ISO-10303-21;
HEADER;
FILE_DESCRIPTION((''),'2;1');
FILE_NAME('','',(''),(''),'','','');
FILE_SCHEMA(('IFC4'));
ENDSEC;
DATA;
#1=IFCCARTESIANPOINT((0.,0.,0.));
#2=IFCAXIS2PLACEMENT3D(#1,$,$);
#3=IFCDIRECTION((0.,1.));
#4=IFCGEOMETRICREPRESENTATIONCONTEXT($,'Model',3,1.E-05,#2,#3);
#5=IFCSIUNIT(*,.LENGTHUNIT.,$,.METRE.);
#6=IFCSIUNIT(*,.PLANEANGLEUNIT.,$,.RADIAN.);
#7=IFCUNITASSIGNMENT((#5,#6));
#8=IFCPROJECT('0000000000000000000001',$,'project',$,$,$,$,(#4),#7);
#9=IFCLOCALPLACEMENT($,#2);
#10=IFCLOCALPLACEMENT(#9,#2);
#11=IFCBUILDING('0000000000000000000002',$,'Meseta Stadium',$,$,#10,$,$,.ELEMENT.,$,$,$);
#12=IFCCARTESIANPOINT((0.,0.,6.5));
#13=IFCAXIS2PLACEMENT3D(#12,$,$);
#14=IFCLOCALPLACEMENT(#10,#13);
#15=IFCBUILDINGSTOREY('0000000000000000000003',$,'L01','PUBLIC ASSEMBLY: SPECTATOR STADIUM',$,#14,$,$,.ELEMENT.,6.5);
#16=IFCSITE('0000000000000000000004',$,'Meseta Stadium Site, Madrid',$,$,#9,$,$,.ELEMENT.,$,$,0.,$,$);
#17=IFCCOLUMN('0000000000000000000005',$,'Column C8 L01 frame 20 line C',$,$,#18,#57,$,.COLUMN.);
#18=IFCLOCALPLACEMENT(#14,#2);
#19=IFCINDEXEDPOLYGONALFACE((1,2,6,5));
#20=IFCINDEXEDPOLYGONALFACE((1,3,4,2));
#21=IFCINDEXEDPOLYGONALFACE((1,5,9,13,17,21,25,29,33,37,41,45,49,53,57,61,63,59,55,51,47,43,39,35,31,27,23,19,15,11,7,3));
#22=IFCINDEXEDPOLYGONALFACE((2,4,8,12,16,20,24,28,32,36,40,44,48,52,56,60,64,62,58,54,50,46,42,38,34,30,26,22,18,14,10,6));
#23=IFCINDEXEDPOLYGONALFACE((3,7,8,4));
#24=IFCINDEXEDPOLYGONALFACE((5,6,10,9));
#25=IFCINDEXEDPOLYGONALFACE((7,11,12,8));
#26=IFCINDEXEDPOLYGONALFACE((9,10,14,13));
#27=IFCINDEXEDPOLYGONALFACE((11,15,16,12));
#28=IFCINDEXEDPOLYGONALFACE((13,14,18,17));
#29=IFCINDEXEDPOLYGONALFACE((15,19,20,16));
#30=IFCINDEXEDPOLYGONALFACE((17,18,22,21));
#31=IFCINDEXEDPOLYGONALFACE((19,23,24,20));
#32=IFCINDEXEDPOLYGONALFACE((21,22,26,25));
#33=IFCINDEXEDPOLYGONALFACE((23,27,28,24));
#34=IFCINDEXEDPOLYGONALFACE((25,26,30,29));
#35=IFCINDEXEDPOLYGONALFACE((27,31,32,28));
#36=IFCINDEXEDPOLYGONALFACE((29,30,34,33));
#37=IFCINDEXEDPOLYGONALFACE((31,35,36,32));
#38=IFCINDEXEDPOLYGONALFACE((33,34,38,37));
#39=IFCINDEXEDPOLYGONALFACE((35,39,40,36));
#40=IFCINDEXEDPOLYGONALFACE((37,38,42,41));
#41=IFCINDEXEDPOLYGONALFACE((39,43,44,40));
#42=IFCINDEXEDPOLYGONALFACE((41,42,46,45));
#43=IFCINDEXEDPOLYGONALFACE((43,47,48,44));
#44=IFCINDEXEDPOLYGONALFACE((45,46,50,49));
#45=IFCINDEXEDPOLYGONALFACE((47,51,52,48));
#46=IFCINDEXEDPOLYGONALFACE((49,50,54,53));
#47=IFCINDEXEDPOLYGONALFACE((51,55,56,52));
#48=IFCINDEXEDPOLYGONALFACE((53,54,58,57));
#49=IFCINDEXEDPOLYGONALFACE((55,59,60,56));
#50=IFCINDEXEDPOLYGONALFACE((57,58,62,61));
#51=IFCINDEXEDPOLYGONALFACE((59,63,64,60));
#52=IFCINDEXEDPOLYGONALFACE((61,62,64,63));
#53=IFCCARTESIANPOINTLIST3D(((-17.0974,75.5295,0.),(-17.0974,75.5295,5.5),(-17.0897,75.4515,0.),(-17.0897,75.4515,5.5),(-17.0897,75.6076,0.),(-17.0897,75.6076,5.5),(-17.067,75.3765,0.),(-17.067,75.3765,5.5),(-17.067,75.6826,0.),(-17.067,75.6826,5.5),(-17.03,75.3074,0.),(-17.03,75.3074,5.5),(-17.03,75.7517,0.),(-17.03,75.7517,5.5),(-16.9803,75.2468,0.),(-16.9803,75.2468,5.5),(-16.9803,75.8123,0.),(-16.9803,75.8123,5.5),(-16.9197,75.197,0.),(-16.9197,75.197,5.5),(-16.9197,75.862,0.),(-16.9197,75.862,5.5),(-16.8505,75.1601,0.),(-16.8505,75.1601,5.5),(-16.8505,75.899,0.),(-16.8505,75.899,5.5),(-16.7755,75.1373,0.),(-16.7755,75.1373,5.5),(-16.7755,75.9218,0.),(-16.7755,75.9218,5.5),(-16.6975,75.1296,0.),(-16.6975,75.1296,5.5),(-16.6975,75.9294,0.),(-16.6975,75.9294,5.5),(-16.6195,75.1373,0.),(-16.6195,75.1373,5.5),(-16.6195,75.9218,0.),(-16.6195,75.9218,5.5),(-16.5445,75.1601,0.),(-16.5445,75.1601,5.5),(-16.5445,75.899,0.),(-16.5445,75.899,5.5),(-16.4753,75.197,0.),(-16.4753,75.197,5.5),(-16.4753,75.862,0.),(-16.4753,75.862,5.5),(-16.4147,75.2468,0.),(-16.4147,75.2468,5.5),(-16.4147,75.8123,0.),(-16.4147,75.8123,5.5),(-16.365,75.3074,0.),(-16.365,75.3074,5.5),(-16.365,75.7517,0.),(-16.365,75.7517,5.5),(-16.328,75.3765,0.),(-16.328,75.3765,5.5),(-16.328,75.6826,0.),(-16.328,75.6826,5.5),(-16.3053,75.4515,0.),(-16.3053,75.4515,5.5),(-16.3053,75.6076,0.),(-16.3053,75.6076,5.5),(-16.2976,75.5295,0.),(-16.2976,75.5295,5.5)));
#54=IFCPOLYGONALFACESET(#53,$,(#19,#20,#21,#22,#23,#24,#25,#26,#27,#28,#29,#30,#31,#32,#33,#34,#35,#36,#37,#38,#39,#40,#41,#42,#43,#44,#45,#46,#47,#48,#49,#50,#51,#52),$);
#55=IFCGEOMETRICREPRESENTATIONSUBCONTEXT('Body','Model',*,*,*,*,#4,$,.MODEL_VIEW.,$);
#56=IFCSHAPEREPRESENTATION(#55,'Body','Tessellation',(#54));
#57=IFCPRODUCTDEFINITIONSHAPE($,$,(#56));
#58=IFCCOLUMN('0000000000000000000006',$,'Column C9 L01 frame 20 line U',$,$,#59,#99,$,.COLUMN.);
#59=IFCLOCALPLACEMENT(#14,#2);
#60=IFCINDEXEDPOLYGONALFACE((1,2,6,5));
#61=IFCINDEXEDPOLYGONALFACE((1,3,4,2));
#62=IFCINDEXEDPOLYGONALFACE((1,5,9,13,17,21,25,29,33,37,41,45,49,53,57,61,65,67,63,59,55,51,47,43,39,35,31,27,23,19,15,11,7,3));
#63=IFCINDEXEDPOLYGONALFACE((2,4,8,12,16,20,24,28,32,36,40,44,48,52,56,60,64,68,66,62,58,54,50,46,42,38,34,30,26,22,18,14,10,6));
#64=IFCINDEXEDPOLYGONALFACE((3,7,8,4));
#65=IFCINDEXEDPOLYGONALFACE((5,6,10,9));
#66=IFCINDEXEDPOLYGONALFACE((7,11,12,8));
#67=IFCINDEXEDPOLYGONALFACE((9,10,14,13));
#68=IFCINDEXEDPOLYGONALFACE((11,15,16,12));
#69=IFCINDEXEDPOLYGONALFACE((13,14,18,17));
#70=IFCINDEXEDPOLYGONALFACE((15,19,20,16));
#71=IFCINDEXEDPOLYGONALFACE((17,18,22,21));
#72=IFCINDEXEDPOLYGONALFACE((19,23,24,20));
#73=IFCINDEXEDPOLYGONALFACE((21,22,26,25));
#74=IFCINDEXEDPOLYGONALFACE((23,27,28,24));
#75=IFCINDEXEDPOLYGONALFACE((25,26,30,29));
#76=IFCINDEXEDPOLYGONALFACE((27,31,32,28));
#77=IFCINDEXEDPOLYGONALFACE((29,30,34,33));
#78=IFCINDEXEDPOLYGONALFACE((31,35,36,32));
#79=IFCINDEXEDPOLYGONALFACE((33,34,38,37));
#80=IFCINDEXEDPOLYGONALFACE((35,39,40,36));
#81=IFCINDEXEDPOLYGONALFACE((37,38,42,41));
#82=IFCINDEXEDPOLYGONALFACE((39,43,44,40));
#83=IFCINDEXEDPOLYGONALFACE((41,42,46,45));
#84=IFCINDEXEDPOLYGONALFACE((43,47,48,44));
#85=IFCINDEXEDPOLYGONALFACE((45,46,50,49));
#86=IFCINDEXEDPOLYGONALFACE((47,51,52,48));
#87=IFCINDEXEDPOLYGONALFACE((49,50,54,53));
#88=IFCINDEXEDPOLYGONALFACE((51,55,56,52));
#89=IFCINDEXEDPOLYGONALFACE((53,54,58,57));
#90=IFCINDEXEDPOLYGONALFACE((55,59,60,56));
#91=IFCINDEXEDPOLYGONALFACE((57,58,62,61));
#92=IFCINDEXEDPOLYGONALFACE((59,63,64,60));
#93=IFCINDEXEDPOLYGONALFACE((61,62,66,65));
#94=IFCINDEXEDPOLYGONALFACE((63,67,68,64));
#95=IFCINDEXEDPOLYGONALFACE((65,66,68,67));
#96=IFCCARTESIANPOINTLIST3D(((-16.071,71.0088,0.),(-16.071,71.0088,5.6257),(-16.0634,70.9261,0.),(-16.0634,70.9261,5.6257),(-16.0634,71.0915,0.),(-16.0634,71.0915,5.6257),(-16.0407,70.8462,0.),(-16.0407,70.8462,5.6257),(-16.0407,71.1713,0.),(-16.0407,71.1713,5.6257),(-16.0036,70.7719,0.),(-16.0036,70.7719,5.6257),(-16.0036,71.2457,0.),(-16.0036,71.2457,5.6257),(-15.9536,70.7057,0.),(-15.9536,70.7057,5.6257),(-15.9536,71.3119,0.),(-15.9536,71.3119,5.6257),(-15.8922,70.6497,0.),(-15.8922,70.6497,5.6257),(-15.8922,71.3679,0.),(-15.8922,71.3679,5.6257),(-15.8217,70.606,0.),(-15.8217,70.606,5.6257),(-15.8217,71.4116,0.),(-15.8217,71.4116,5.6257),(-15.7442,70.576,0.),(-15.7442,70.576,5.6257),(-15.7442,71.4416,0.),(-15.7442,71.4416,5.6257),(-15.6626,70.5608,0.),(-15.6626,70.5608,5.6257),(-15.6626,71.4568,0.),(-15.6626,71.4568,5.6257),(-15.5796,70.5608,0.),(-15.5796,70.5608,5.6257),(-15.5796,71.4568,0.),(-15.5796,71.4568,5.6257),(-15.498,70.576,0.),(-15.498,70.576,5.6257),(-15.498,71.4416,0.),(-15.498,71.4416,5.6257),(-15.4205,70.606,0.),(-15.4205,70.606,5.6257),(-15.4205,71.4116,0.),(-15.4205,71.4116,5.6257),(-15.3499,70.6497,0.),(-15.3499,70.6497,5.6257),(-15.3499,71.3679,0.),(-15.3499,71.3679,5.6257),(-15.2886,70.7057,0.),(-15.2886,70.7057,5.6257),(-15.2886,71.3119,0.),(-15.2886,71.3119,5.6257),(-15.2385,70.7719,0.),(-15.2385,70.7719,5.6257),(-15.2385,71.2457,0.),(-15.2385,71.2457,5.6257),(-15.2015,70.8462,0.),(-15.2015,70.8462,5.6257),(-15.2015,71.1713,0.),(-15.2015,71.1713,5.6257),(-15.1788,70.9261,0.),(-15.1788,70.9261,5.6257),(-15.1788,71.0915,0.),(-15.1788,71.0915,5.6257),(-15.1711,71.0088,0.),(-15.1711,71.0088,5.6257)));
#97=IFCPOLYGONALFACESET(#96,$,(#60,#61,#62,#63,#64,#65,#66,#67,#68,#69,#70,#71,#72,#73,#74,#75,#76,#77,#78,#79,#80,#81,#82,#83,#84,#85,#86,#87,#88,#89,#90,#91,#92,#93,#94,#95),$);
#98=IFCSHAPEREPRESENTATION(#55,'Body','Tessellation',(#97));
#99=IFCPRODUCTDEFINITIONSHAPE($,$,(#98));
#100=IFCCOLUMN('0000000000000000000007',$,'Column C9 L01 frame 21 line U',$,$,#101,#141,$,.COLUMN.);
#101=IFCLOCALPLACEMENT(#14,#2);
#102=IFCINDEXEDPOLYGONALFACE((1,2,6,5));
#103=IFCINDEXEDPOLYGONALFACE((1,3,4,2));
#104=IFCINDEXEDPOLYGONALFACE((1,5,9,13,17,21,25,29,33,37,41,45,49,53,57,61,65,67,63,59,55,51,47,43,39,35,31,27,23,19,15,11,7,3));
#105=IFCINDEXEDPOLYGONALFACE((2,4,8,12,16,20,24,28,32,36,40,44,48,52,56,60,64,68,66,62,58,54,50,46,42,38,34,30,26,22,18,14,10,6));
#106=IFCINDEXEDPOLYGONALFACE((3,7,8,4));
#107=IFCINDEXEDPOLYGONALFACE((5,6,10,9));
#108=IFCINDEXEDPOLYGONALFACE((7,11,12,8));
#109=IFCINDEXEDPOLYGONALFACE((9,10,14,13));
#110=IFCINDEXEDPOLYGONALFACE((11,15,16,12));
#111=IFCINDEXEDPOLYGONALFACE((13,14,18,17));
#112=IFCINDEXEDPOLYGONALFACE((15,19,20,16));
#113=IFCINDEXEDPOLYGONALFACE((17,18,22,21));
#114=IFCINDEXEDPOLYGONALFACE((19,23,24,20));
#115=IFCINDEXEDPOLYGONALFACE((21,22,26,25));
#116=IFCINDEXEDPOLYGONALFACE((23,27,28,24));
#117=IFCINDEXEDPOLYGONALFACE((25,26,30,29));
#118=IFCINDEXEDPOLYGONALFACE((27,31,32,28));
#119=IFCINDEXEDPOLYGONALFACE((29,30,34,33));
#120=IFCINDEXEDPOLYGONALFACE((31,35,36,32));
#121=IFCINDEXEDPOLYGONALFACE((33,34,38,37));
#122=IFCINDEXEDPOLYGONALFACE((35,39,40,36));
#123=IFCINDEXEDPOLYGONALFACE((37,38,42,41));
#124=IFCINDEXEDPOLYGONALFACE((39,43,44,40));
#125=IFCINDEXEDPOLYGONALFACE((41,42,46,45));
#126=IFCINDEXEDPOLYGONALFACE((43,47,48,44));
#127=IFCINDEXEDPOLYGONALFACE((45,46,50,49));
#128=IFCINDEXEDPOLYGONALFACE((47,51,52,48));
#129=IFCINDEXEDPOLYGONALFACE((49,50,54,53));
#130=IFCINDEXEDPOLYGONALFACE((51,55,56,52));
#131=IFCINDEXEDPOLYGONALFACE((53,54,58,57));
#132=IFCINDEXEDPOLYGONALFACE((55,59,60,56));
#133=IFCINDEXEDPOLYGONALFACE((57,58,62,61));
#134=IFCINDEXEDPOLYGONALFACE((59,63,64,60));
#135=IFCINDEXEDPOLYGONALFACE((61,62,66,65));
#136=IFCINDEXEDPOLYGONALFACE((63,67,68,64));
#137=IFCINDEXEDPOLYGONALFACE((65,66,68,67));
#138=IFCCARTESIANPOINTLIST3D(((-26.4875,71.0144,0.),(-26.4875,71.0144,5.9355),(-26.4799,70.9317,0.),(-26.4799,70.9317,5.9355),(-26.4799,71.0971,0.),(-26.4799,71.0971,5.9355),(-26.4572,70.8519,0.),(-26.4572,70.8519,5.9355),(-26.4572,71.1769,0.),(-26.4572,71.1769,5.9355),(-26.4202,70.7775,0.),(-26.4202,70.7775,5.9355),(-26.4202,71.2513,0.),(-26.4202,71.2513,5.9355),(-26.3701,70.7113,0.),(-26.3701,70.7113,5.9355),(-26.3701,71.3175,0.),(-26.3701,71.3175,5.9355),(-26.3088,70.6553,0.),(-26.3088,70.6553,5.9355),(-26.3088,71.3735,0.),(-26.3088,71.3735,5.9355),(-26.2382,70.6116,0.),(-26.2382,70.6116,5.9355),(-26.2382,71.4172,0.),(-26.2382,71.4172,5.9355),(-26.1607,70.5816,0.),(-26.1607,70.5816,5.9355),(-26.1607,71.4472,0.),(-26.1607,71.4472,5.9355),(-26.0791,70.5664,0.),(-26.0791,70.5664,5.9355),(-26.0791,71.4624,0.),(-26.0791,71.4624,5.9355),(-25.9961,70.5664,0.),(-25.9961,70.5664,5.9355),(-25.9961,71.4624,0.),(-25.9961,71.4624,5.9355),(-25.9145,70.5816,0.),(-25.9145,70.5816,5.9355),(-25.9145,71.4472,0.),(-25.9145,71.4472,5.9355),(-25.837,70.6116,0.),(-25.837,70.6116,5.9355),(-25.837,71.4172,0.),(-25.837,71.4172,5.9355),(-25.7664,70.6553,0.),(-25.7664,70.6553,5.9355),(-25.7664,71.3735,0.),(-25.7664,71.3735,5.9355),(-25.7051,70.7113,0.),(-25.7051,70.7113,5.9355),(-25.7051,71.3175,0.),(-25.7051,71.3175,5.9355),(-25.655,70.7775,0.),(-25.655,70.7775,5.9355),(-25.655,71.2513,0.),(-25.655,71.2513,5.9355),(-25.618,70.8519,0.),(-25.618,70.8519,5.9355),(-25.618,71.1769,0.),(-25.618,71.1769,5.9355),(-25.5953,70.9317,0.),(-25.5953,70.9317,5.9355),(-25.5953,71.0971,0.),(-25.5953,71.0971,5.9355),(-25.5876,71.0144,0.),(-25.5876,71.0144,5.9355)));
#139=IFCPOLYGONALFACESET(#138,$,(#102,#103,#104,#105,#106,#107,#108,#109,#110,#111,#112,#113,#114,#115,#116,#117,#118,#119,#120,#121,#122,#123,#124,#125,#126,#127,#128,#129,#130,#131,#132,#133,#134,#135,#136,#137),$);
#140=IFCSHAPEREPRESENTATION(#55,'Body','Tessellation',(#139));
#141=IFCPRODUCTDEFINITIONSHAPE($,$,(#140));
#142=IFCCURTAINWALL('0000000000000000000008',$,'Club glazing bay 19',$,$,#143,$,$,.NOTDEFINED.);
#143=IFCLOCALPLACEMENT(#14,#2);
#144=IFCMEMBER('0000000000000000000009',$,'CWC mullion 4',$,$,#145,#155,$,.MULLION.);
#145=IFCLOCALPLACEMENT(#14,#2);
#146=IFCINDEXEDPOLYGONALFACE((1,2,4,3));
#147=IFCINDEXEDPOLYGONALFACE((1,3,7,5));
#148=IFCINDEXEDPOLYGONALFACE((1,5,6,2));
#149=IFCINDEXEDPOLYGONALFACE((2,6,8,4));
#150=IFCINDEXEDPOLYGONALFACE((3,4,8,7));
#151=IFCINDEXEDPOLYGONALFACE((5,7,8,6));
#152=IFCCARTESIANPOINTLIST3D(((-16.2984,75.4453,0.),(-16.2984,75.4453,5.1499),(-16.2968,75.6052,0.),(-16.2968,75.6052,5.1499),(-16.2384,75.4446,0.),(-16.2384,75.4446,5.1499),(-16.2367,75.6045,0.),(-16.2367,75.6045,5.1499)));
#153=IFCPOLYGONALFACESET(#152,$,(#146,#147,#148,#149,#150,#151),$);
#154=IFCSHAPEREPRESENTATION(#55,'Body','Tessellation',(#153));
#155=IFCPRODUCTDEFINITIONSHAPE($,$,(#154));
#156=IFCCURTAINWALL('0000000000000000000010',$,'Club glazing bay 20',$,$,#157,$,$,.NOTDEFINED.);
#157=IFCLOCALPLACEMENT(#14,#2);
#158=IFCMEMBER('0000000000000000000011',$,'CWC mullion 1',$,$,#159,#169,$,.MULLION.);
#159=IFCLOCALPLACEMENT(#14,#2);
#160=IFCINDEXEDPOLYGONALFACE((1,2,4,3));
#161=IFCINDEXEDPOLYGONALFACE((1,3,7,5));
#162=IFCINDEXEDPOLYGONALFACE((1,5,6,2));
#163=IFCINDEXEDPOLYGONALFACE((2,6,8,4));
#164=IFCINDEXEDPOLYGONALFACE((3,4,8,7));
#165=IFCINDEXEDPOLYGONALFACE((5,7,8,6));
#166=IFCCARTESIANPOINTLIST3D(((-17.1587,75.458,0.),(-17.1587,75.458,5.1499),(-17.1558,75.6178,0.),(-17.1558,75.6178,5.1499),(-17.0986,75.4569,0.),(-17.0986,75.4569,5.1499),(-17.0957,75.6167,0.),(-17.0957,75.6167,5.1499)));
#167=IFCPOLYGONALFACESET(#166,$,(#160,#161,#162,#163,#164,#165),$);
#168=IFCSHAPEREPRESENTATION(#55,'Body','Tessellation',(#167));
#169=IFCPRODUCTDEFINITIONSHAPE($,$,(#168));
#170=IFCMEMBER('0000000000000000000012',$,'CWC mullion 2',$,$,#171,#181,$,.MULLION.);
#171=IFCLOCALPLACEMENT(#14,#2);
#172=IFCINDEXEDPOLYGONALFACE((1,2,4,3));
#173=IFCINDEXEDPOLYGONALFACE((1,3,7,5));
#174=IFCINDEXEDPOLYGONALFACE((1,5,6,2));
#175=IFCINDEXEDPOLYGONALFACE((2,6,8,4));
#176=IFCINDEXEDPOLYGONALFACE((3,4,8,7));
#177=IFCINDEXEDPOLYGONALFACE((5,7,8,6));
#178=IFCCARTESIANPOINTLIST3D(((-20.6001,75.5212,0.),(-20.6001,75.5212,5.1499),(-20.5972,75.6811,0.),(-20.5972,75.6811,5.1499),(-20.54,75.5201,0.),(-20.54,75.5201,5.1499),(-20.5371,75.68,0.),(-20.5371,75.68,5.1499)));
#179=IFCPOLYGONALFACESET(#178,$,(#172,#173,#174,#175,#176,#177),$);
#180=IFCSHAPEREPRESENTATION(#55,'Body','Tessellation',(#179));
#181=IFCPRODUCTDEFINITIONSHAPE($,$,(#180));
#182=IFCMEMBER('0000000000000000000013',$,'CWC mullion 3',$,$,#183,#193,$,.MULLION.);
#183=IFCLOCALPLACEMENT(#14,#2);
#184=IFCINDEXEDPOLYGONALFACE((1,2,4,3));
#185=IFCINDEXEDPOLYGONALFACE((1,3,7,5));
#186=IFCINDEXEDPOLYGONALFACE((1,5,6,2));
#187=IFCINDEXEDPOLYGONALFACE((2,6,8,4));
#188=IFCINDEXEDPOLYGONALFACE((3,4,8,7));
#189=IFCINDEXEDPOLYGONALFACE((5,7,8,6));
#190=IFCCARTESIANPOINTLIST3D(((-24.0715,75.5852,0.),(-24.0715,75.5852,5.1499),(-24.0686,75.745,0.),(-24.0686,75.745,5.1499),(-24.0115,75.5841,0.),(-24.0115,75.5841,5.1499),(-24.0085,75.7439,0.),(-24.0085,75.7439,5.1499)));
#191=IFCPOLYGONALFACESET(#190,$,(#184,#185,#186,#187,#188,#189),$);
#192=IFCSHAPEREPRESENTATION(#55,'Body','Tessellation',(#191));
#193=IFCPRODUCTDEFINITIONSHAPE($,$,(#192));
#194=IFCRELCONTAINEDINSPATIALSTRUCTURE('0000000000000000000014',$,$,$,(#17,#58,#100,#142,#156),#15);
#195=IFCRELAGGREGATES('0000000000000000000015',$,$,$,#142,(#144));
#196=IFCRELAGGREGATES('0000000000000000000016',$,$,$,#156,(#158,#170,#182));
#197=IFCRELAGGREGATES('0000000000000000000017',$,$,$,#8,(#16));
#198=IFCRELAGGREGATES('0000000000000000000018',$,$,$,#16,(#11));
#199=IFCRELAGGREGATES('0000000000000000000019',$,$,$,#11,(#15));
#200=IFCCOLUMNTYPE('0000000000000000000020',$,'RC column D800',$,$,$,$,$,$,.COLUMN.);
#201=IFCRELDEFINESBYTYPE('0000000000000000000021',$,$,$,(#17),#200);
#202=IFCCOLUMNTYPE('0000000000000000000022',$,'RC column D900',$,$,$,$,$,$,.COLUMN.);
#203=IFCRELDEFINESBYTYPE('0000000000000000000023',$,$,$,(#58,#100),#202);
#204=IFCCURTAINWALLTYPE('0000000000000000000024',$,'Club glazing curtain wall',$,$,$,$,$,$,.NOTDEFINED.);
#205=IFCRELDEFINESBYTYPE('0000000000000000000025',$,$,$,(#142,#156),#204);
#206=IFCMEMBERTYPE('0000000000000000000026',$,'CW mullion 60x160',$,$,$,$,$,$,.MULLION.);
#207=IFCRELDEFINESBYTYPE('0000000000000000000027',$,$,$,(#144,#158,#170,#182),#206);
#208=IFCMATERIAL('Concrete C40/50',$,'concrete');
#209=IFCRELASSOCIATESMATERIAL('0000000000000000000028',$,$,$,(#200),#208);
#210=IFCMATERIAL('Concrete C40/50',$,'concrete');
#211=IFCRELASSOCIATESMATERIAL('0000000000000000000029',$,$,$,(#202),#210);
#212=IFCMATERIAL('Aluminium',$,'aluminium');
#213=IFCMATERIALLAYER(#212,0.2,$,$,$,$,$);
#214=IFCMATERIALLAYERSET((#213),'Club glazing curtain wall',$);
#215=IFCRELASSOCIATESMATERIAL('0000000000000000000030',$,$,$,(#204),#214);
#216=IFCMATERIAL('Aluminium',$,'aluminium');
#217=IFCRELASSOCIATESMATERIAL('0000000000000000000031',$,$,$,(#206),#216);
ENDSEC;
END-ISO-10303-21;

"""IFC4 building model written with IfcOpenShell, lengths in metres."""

from ifc_helpers import new_model, si_unit, direction, frame, origin, origin_2d, place, context, subcontext, project, spatial, rectangle, circle, extrude, material, layer, layer_set, material_profile, profile_set, type_object, element, aggregate, save


model = new_model("IFC4")

# Units and contexts
model_context = context("Model", 3, precision=1e-05, world=origin(), true_north=direction((0.0, 1.0)))
body_context = subcontext(model_context, "Body", "Model", "MODEL_VIEW")
ifc_project = project(units=[si_unit("LENGTHUNIT", "METRE"), si_unit("PLANEANGLEUNIT", "RADIAN")], contexts=[model_context])

# Site, building, storey
site_placement = place(None, origin())
site = spatial("IfcSite", under=ifc_project, at=site_placement, Name="Meseta Stadium Site, Madrid", CompositionType="ELEMENT", RefElevation=0.0)
building_placement = place(site_placement, origin())
building = spatial("IfcBuilding", under=site, at=building_placement, Name="Meseta Stadium", CompositionType="ELEMENT")
storey_placement = place(building_placement, frame((0.0, 0.0, 6.5)))
storey = spatial("IfcBuildingStorey", under=building, at=storey_placement, Name="L01", Description="PUBLIC ASSEMBLY: SPECTATOR STADIUM", CompositionType="ELEMENT", Elevation=6.5)

# Columns
ifc_material_1 = material(Name="Concrete C40/50", Category="concrete")
ifc_material_profile_1 = material_profile(ifc_material_1, circle(Radius=0.3999, at=origin_2d()), Name="RC D800")
ifc_profile_set_1 = profile_set([ifc_material_profile_1], Name="Concrete C40/50")
column_type_1 = type_object("IfcColumnType", Name="RC column D800", PredefinedType="COLUMN", material=ifc_profile_set_1)
column_1_placement = place(storey_placement, frame((-16.6975, 75.5295, 0.0), z_axis=(0.0, 0.0, 1.0), x_axis=(1.0, 0.0, 0.0)))
element("IfcColumn", 1, at=column_1_placement, inside=storey, type_object=column_type_1, Name="Column C8 L01 frame 20 line C", PredefinedType="COLUMN", context=body_context, shape_type="SweptSolid", body=[
    extrude(circle(Radius=0.3999, at=origin_2d()), origin(), (0.0, 0.0, 1.0), 5.5),
])
ifc_material_2 = material(Name="Concrete C40/50", Category="concrete")
ifc_material_profile_2 = material_profile(ifc_material_2, circle(Radius=0.45, at=origin_2d()), Name="RC D900")
ifc_profile_set_2 = profile_set([ifc_material_profile_2], Name="Concrete C40/50")
column_type_2 = type_object("IfcColumnType", Name="RC column D900", PredefinedType="COLUMN", material=ifc_profile_set_2)
column_2_placement = place(storey_placement, frame((-15.6211, 71.0088, 0.0), z_axis=(0.0, 0.0, 1.0), x_axis=(1.0, 0.0, 0.0)))
element("IfcColumn", 2, at=column_2_placement, inside=storey, type_object=column_type_2, Name="Column C9 L01 frame 20 line U", PredefinedType="COLUMN", context=body_context, shape_type="SweptSolid", body=[
    extrude(circle(Radius=0.45, at=origin_2d()), origin(), (0.0, 0.0, 1.0), 5.6257),
])
column_3_placement = place(storey_placement, frame((-26.0376, 71.0144, 0.0), z_axis=(0.0, 0.0, 1.0), x_axis=(1.0, 0.0, 0.0)))
element("IfcColumn", 3, at=column_3_placement, inside=storey, type_object=column_type_2, Name="Column C9 L01 frame 21 line U", PredefinedType="COLUMN", context=body_context, shape_type="SweptSolid", body=[
    extrude(circle(Radius=0.45, at=origin_2d()), origin(), (0.0, 0.0, 1.0), 5.9355),
])

# Curtain wall, member
ifc_material_3 = material(Name="Aluminium", Category="aluminium")
ifc_layer_1 = layer(ifc_material_3, 0.2)
ifc_layer_set_1 = layer_set([ifc_layer_1], Name="Club glazing curtain wall")
curtain_wall_type = type_object("IfcCurtainWallType", Name="Club glazing curtain wall", PredefinedType="NOTDEFINED", material=ifc_layer_set_1)
curtain_wall_1_placement = place(storey_placement, origin())
curtain_wall_1 = element("IfcCurtainWall", 4, at=curtain_wall_1_placement, inside=storey, type_object=curtain_wall_type, Name="Club glazing bay 19", PredefinedType="NOTDEFINED")
ifc_material_4 = material(Name="Aluminium", Category="aluminium")
ifc_material_profile_3 = material_profile(ifc_material_4, rectangle(XDim=0.1599, YDim=0.0601, at=origin_2d()), Name="CW 160x60")
ifc_profile_set_3 = profile_set([ifc_material_profile_3], Name="Aluminium")
member_type_1 = type_object("IfcMemberType", Name="CW mullion 60x160", PredefinedType="MULLION", material=ifc_profile_set_3)
member_1_placement = place(storey_placement, frame((-16.2676, 75.5249, 0.0), z_axis=(0.0, 0.0, 1.0), x_axis=(-0.010279, -0.999947, 0.0)))
member_1 = element("IfcMember", 5, at=member_1_placement, type_object=member_type_1, Name="CWC mullion 4", PredefinedType="MULLION", context=body_context, shape_type="SweptSolid", body=[
    extrude(rectangle(XDim=0.1599, YDim=0.0601, at=origin_2d()), origin(), (0.0, 0.0, 1.0), 5.1499),
])

# Curtain wall, members
curtain_wall_2_placement = place(storey_placement, origin())
curtain_wall_2 = element("IfcCurtainWall", 6, at=curtain_wall_2_placement, inside=storey, type_object=curtain_wall_type, Name="Club glazing bay 20", PredefinedType="NOTDEFINED")
member_2_placement = place(storey_placement, frame((-17.1272, 75.5374, 0.0), z_axis=(0.0, 0.0, 1.0), x_axis=(-0.018384, -0.999831, 0.0)))
member_2 = element("IfcMember", 7, at=member_2_placement, type_object=member_type_1, Name="CWC mullion 1", PredefinedType="MULLION", context=body_context, shape_type="SweptSolid", body=[
    extrude(rectangle(XDim=0.1599, YDim=0.0601, at=origin_2d()), origin(), (0.0, 0.0, 1.0), 5.1499),
])
member_3_placement = place(storey_placement, frame((-20.5686, 75.6006, 0.0), z_axis=(0.0, 0.0, 1.0), x_axis=(-0.018384, -0.999831, 0.0)))
member_3 = element("IfcMember", 8, at=member_3_placement, type_object=member_type_1, Name="CWC mullion 2", PredefinedType="MULLION", context=body_context, shape_type="SweptSolid", body=[
    extrude(rectangle(XDim=0.1599, YDim=0.0601, at=origin_2d()), origin(), (0.0, 0.0, 1.0), 5.1499),
])
member_4_placement = place(storey_placement, frame((-24.04, 75.6646, 0.0), z_axis=(0.0, 0.0, 1.0), x_axis=(-0.018384, -0.999831, 0.0)))
member_4 = element("IfcMember", 9, at=member_4_placement, type_object=member_type_1, Name="CWC mullion 3", PredefinedType="MULLION", context=body_context, shape_type="SweptSolid", body=[
    extrude(rectangle(XDim=0.1599, YDim=0.0601, at=origin_2d()), origin(), (0.0, 0.0, 1.0), 5.1499),
])

aggregate(curtain_wall_1, [member_1])
aggregate(curtain_wall_2, [member_2, member_3, member_4])

save(model, "model.ifc")
